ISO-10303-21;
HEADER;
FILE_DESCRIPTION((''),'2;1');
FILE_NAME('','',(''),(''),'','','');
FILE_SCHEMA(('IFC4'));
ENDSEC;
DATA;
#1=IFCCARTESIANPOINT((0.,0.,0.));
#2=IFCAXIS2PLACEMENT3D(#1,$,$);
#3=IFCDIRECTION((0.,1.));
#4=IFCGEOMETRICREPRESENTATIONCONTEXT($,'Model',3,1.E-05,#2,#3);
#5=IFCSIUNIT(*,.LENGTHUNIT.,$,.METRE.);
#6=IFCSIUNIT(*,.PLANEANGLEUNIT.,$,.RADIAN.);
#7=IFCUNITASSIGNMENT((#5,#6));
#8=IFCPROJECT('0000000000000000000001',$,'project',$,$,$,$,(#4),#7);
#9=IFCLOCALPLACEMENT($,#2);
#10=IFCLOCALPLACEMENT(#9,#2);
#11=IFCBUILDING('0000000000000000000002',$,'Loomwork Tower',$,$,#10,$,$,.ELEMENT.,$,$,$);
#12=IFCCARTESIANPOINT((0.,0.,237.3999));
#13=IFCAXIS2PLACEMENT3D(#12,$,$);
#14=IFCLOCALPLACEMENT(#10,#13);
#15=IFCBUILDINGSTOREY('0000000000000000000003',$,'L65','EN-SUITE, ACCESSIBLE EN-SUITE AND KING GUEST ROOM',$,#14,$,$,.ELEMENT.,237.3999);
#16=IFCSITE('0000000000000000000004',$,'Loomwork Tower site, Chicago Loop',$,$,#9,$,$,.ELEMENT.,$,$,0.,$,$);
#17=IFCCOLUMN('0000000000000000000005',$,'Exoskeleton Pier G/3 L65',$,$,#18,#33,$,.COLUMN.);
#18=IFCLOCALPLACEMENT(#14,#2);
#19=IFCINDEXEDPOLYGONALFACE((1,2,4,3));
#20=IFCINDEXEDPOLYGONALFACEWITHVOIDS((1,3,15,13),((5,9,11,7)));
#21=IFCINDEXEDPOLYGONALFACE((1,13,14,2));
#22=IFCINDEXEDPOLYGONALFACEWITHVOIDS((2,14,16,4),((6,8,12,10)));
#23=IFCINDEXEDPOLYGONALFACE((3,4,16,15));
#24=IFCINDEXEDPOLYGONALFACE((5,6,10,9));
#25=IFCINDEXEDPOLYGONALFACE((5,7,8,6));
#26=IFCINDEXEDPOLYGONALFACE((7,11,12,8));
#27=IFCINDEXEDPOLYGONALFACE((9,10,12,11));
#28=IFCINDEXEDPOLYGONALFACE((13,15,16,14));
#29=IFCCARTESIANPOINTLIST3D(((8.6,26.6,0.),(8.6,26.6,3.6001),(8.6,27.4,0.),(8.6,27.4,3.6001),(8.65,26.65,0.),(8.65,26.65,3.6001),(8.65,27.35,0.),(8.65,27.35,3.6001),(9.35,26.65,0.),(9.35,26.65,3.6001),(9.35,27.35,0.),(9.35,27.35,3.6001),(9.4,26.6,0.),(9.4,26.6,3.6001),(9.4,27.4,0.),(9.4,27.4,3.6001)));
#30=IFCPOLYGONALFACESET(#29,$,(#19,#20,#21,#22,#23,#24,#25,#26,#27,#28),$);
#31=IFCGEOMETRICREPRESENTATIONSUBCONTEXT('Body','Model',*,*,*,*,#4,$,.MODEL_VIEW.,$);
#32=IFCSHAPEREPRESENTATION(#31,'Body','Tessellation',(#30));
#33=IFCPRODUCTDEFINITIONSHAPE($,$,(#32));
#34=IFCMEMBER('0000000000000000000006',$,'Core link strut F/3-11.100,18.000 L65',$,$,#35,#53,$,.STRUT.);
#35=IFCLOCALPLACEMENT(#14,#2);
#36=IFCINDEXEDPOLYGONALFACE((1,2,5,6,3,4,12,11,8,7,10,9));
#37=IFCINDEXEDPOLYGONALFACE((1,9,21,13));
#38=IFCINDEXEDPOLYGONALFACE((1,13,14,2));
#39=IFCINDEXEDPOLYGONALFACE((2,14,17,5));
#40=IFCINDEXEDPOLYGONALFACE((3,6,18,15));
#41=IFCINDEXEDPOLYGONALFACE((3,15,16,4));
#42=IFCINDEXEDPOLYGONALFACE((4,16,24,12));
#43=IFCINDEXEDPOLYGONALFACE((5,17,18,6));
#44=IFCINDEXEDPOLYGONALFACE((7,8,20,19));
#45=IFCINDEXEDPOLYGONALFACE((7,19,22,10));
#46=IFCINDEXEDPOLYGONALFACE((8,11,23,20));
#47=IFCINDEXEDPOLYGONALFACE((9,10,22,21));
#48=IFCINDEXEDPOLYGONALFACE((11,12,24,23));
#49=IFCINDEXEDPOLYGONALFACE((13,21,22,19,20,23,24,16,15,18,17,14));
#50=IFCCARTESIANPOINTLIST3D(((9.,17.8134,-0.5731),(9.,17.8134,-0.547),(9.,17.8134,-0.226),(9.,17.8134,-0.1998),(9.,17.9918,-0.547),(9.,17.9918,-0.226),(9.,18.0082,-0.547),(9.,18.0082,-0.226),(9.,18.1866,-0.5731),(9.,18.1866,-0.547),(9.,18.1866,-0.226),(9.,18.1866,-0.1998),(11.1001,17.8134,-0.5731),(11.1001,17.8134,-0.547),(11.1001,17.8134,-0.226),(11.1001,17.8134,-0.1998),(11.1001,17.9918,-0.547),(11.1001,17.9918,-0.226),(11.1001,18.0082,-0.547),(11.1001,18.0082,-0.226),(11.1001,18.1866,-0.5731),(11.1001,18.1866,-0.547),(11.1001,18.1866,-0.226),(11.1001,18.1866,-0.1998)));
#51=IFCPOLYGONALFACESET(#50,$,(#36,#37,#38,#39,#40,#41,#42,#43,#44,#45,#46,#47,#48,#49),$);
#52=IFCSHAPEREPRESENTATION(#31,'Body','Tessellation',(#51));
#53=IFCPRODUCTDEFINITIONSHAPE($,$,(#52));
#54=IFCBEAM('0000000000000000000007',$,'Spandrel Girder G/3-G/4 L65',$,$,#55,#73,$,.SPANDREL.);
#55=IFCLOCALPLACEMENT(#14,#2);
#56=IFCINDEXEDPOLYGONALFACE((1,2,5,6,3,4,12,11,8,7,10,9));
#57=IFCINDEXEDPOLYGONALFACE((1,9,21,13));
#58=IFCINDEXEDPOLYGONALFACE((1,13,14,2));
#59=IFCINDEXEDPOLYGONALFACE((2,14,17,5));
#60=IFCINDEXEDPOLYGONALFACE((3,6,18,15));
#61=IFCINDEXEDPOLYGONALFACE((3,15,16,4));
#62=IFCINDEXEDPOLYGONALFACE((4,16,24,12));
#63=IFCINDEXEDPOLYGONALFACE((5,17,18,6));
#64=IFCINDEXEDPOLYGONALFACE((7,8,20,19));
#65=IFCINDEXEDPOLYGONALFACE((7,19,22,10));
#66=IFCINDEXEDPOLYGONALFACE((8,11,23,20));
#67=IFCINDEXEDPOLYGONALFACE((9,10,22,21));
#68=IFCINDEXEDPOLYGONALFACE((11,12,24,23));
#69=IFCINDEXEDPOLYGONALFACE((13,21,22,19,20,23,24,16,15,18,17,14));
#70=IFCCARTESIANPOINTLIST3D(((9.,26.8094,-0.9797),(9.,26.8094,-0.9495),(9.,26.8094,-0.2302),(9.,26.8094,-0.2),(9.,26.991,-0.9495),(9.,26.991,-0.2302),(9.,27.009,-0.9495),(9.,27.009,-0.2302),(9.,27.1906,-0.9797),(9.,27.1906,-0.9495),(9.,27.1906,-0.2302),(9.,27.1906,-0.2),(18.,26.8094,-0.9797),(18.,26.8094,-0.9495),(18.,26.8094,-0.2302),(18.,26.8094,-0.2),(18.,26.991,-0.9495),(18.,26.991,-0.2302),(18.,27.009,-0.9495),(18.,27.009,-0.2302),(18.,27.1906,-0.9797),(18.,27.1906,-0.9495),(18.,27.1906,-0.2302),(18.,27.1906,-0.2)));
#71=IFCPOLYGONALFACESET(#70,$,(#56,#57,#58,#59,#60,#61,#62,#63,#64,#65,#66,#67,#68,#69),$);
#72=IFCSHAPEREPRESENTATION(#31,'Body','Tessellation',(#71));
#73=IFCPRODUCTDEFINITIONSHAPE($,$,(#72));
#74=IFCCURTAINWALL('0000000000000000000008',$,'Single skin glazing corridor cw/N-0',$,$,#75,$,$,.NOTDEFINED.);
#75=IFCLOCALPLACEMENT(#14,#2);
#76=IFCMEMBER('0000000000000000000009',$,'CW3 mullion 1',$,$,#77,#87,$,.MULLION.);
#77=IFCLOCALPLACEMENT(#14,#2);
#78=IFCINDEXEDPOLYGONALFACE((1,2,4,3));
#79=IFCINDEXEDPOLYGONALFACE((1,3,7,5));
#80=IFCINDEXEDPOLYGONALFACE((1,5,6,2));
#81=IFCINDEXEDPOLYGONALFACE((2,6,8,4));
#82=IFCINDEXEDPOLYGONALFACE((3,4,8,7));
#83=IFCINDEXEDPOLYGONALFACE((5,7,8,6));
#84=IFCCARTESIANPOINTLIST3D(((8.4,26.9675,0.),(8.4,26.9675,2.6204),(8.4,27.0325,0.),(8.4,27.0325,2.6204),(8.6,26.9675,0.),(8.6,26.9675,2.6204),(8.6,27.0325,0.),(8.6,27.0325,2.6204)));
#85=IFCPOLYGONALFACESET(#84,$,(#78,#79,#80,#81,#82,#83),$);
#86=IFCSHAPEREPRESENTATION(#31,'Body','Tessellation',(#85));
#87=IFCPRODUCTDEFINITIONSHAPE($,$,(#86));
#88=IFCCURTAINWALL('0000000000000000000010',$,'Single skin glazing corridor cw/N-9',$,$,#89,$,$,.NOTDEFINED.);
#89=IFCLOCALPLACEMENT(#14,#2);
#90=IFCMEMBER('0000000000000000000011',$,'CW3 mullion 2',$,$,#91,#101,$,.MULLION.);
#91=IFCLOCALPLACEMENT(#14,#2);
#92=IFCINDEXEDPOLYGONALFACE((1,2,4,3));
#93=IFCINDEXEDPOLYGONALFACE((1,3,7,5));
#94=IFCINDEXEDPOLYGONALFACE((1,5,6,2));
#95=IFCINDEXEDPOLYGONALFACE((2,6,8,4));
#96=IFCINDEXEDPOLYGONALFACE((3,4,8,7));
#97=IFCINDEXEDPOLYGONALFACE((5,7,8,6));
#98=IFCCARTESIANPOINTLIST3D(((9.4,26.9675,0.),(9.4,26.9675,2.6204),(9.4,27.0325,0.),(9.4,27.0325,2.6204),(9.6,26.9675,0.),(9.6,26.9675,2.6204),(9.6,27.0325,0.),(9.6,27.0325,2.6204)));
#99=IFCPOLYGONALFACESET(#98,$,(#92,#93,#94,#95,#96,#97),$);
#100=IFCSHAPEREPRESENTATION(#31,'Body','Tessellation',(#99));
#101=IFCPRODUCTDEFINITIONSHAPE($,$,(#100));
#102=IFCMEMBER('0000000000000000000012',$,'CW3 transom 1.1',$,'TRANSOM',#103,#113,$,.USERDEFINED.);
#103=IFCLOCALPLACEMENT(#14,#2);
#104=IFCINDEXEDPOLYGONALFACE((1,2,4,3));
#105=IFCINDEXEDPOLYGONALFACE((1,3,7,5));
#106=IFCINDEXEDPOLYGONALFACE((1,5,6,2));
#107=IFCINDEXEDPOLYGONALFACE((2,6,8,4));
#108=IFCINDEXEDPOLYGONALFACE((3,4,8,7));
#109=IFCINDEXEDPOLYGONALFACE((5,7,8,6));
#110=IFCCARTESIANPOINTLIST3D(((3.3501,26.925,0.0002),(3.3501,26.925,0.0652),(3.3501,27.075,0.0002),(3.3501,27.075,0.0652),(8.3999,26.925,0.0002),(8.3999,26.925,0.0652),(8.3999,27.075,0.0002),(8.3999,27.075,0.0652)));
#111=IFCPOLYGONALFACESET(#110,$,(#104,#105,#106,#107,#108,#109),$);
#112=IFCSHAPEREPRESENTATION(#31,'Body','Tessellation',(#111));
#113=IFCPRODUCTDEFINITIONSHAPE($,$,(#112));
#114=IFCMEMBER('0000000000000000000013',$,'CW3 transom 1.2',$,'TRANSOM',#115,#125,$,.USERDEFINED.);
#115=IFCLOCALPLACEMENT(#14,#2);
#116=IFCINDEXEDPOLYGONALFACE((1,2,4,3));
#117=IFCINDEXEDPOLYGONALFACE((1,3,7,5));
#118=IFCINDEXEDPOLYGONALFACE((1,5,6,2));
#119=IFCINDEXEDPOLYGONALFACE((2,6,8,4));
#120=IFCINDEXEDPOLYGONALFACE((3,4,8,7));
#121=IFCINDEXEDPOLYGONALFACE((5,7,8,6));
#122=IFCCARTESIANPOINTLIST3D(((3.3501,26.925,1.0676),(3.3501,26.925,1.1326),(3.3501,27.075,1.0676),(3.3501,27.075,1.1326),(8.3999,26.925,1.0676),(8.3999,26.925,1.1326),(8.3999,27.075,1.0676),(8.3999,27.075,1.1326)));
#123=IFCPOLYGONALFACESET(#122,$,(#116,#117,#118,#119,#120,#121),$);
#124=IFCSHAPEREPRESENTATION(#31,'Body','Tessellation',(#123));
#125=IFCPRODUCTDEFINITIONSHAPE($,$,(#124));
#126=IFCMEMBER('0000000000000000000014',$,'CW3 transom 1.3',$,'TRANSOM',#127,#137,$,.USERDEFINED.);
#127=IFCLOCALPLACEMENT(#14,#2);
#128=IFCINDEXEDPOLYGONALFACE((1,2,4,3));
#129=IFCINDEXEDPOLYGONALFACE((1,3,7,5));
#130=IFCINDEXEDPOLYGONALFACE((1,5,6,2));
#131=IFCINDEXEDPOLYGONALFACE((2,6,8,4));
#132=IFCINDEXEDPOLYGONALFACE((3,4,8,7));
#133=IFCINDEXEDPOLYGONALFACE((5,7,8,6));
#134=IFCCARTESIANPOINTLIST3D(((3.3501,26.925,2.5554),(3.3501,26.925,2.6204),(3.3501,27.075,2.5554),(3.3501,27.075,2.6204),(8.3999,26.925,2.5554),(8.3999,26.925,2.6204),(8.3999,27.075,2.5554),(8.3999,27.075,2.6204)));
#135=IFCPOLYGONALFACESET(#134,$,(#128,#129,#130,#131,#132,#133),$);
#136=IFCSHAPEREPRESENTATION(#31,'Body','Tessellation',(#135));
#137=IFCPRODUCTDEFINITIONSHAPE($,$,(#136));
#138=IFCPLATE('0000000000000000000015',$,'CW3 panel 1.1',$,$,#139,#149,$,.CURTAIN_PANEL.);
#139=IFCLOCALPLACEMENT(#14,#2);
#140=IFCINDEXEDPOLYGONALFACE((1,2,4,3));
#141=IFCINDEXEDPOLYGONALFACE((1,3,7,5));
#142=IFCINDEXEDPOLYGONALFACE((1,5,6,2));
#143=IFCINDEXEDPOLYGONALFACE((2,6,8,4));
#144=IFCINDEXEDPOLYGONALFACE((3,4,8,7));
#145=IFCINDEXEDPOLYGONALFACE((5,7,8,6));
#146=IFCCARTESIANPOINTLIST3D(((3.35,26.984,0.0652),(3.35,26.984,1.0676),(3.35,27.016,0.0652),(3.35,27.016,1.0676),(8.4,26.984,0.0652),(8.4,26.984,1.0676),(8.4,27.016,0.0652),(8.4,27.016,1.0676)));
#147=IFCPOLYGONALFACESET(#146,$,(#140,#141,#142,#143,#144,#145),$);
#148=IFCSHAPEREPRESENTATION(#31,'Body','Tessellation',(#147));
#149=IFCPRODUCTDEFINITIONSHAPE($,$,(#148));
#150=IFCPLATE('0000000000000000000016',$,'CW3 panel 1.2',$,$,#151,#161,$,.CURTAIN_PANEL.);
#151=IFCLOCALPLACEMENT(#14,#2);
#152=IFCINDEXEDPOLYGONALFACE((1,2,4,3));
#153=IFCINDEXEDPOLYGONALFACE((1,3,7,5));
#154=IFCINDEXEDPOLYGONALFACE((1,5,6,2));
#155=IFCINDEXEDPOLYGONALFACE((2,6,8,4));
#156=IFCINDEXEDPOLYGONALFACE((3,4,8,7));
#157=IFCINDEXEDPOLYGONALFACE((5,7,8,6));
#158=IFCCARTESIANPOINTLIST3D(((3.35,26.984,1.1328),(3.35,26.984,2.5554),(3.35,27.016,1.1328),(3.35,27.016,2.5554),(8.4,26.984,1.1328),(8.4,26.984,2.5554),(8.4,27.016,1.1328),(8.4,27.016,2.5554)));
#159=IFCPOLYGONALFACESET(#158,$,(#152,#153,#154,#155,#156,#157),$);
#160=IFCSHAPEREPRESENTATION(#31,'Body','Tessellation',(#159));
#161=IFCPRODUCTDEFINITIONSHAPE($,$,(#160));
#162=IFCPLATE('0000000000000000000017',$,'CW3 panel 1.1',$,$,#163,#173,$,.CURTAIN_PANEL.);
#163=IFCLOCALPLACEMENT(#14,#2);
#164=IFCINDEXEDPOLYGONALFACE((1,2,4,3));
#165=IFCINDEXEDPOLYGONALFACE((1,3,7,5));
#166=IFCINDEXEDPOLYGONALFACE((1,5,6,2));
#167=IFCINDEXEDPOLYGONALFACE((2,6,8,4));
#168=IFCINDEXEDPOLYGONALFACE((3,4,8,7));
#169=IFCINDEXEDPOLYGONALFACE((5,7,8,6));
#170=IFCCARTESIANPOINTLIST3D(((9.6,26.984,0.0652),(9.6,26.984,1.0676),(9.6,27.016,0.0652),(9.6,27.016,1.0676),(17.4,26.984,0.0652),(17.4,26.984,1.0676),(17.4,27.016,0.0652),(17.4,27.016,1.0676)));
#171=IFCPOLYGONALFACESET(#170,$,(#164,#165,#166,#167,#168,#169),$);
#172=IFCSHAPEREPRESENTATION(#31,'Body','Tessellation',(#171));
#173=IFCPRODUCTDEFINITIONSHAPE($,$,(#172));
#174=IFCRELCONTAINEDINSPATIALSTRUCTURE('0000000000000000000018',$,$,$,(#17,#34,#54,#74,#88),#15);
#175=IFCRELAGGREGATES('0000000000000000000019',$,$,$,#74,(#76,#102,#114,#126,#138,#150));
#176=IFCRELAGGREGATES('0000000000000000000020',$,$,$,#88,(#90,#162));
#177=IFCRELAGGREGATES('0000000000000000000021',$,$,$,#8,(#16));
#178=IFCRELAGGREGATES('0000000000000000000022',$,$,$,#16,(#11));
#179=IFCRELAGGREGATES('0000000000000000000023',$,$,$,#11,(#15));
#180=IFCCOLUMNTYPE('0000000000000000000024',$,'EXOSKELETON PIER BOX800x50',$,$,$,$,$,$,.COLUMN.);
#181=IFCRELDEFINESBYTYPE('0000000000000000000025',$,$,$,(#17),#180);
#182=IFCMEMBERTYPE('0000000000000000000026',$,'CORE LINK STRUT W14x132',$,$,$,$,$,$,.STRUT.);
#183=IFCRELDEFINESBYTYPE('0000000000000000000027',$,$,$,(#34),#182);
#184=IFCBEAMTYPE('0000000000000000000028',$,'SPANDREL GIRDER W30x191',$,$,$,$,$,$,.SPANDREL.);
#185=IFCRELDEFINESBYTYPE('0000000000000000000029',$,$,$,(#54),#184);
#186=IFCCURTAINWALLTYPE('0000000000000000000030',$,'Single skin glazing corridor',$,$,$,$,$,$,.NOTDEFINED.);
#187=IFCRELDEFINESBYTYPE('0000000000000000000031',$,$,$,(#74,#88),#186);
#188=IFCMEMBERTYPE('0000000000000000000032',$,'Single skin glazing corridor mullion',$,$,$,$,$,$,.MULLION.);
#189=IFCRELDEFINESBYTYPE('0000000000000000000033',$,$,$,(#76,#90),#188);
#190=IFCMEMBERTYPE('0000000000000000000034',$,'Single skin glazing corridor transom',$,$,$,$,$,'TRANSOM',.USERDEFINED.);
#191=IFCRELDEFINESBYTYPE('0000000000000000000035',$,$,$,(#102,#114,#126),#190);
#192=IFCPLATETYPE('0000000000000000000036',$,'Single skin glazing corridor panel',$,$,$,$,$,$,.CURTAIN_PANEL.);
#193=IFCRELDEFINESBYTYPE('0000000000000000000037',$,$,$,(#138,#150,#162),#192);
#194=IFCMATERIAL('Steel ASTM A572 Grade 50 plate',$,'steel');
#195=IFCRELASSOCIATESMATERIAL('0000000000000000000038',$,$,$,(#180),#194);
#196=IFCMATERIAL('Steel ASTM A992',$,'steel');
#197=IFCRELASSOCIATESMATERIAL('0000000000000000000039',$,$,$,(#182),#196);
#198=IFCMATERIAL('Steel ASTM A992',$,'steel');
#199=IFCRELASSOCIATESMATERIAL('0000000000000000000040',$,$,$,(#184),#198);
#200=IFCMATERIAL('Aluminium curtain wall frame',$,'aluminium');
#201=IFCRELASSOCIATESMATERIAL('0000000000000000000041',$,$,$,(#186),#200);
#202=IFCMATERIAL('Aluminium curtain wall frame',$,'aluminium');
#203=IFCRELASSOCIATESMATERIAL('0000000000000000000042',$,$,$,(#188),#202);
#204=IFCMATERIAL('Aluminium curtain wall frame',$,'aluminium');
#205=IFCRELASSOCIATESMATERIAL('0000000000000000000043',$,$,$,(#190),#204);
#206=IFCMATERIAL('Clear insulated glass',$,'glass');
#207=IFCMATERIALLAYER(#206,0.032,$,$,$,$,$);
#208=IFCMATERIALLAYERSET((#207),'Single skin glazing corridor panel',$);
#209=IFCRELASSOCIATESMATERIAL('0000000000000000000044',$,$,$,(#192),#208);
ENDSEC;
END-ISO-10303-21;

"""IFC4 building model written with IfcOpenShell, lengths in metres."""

from ifc_helpers import new_model, si_unit, direction, frame, origin, origin_2d, place, context, subcontext, project, spatial, rectangle, hollow_rectangle, i_section, extrude, material, layer, layer_set, material_profile, profile_set, type_object, element, aggregate, save


model = new_model("IFC4")

# Units and contexts
model_context = context("Model", 3, precision=1e-05, world=origin(), true_north=direction((0.0, 1.0)))
body_context = subcontext(model_context, "Body", "Model", "MODEL_VIEW")
ifc_project = project(units=[si_unit("LENGTHUNIT", "METRE"), si_unit("PLANEANGLEUNIT", "RADIAN")], contexts=[model_context])

# Site, building, storey
site_placement = place(None, origin())
site = spatial("IfcSite", under=ifc_project, at=site_placement, Name="Loomwork Tower site, Chicago Loop", CompositionType="ELEMENT", RefElevation=0.0)
building_placement = place(site_placement, origin())
building = spatial("IfcBuilding", under=site, at=building_placement, Name="Loomwork Tower", CompositionType="ELEMENT")
storey_placement = place(building_placement, frame((0.0, 0.0, 237.3999)))
storey = spatial("IfcBuildingStorey", under=building, at=storey_placement, Name="L65", Description="EN-SUITE, ACCESSIBLE EN-SUITE AND KING GUEST ROOM", CompositionType="ELEMENT", Elevation=237.3999)

# Column
ifc_material_1 = material(Name="Steel ASTM A572 Grade 50 plate", Category="steel")
ifc_material_profile_1 = material_profile(ifc_material_1, hollow_rectangle(XDim=0.8, YDim=0.8, WallThickness=0.05, at=origin_2d()), Name="BOX800x50")
ifc_profile_set_1 = profile_set([ifc_material_profile_1], Name="Steel ASTM A572 Grade 50 plate")
column_type = type_object("IfcColumnType", Name="EXOSKELETON PIER BOX800x50", PredefinedType="COLUMN", material=ifc_profile_set_1)
column_placement = place(storey_placement, frame((9.0, 27.0, 0.0), z_axis=(0.0, 0.0, 1.0), x_axis=(1.0, 0.0, 0.0)))
element("IfcColumn", 1, at=column_placement, inside=storey, type_object=column_type, Name="Exoskeleton Pier G/3 L65", PredefinedType="COLUMN", context=body_context, shape_type="SweptSolid", body=[
    extrude(hollow_rectangle(XDim=0.8, YDim=0.8, WallThickness=0.05, at=origin_2d()), origin(), (0.0, 0.0, 1.0), 3.6001),
])

# Member
ifc_material_2 = material(Name="Steel ASTM A992", Category="steel")
ifc_material_profile_2 = material_profile(ifc_material_2, i_section(OverallWidth=0.3733, OverallDepth=0.3733, WebThickness=0.0164, FlangeThickness=0.0261, at=origin_2d()), Name="W14x132")
ifc_profile_set_2 = profile_set([ifc_material_profile_2], Name="Steel ASTM A992")
member_type_1 = type_object("IfcMemberType", Name="CORE LINK STRUT W14x132", PredefinedType="STRUT", material=ifc_profile_set_2)
member_1_placement = place(storey_placement, frame((9.0, 18.0, -0.3865), z_axis=(1.0, 0.0, 0.0), x_axis=(0.0, 1.0, 0.0)))
element("IfcMember", 2, at=member_1_placement, inside=storey, type_object=member_type_1, Name="Core link strut F/3-11.100,18.000 L65", PredefinedType="STRUT", context=body_context, shape_type="SweptSolid", body=[
    extrude(i_section(OverallWidth=0.3733, OverallDepth=0.3733, WebThickness=0.0164, FlangeThickness=0.0261, at=origin_2d()), origin(), (0.0, 0.0, 1.0), 2.1001),
])

# Beam
ifc_material_3 = material(Name="Steel ASTM A992", Category="steel")
ifc_material_profile_3 = material_profile(ifc_material_3, i_section(OverallWidth=0.3811, OverallDepth=0.7798, WebThickness=0.0181, FlangeThickness=0.0303, at=origin_2d()), Name="W30x191")
ifc_profile_set_3 = profile_set([ifc_material_profile_3], Name="Steel ASTM A992")
beam_type = type_object("IfcBeamType", Name="SPANDREL GIRDER W30x191", PredefinedType="SPANDREL", material=ifc_profile_set_3)
beam_placement = place(storey_placement, frame((9.0, 27.0, -0.5898), z_axis=(1.0, 0.0, 0.0), x_axis=(0.0, 1.0, 0.0)))
element("IfcBeam", 3, at=beam_placement, inside=storey, type_object=beam_type, Name="Spandrel Girder G/3-G/4 L65", PredefinedType="SPANDREL", context=body_context, shape_type="SweptSolid", body=[
    extrude(i_section(OverallWidth=0.3811, OverallDepth=0.7798, WebThickness=0.0181, FlangeThickness=0.0303, at=origin_2d()), origin(), (0.0, 0.0, 1.0), 9.0),
])

# Curtain walls, members
ifc_material_4 = material(Name="Aluminium curtain wall frame", Category="aluminium")
curtain_wall_type = type_object("IfcCurtainWallType", Name="Single skin glazing corridor", PredefinedType="NOTDEFINED", material=ifc_material_4)
curtain_wall_1_placement = place(storey_placement, origin())
curtain_wall_1 = element("IfcCurtainWall", 4, at=curtain_wall_1_placement, inside=storey, type_object=curtain_wall_type, Name="Single skin glazing corridor cw/N-0", PredefinedType="NOTDEFINED")
ifc_material_5 = material(Name="Aluminium curtain wall frame", Category="aluminium")
ifc_material_profile_4 = material_profile(ifc_material_5, rectangle(XDim=0.0649, YDim=0.2, at=origin_2d()), Name="AL 65x200")
ifc_profile_set_4 = profile_set([ifc_material_profile_4], Name="Aluminium curtain wall frame")
member_type_2 = type_object("IfcMemberType", Name="Single skin glazing corridor mullion", PredefinedType="MULLION", material=ifc_profile_set_4)
member_2_placement = place(storey_placement, frame((8.5, 27.0, 0.0), z_axis=(0.0, 0.0, 1.0), x_axis=(0.0, -1.0, 0.0)))
member_2 = element("IfcMember", 5, at=member_2_placement, type_object=member_type_2, Name="CW3 mullion 1", PredefinedType="MULLION", context=body_context, shape_type="SweptSolid", body=[
    extrude(rectangle(XDim=0.0649, YDim=0.2, at=origin_2d()), origin(), (0.0, 0.0, 1.0), 2.6204),
])
curtain_wall_2_placement = place(storey_placement, origin())
curtain_wall_2 = element("IfcCurtainWall", 6, at=curtain_wall_2_placement, inside=storey, type_object=curtain_wall_type, Name="Single skin glazing corridor cw/N-9", PredefinedType="NOTDEFINED")
member_3_placement = place(storey_placement, frame((9.5, 27.0, 0.0), z_axis=(0.0, 0.0, 1.0), x_axis=(0.0, -1.0, 0.0)))
member_3 = element("IfcMember", 7, at=member_3_placement, type_object=member_type_2, Name="CW3 mullion 2", PredefinedType="MULLION", context=body_context, shape_type="SweptSolid", body=[
    extrude(rectangle(XDim=0.0649, YDim=0.2, at=origin_2d()), origin(), (0.0, 0.0, 1.0), 2.6204),
])

# Members
ifc_material_6 = material(Name="Aluminium curtain wall frame", Category="aluminium")
ifc_material_profile_5 = material_profile(ifc_material_6, rectangle(XDim=0.1499, YDim=0.0649, at=origin_2d()), Name="AL 65x150")
ifc_profile_set_5 = profile_set([ifc_material_profile_5], Name="Aluminium curtain wall frame")
member_type_3 = type_object("IfcMemberType", Name="Single skin glazing corridor transom", ElementType="TRANSOM", PredefinedType="USERDEFINED", material=ifc_profile_set_5)
member_4_placement = place(storey_placement, frame((8.3999, 27.0, 0.0327), z_axis=(-1.0, 0.0, 0.0), x_axis=(0.0, -1.0, 0.0)))
member_4 = element("IfcMember", 8, at=member_4_placement, type_object=member_type_3, Name="CW3 transom 1.1", ObjectType="TRANSOM", PredefinedType="USERDEFINED", context=body_context, shape_type="SweptSolid", body=[
    extrude(rectangle(XDim=0.1499, YDim=0.0649, at=origin_2d()), origin(), (0.0, 0.0, 1.0), 5.0498),
])
member_5_placement = place(storey_placement, frame((8.3999, 27.0, 1.1001), z_axis=(-1.0, 0.0, 0.0), x_axis=(0.0, -1.0, 0.0)))
member_5 = element("IfcMember", 9, at=member_5_placement, type_object=member_type_3, Name="CW3 transom 1.2", ObjectType="TRANSOM", PredefinedType="USERDEFINED", context=body_context, shape_type="SweptSolid", body=[
    extrude(rectangle(XDim=0.1499, YDim=0.0649, at=origin_2d()), origin(), (0.0, 0.0, 1.0), 5.0498),
])
member_6_placement = place(storey_placement, frame((8.3999, 27.0, 2.5879), z_axis=(-1.0, 0.0, 0.0), x_axis=(0.0, -1.0, 0.0)))
member_6 = element("IfcMember", 10, at=member_6_placement, type_object=member_type_3, Name="CW3 transom 1.3", ObjectType="TRANSOM", PredefinedType="USERDEFINED", context=body_context, shape_type="SweptSolid", body=[
    extrude(rectangle(XDim=0.1499, YDim=0.0649, at=origin_2d()), origin(), (0.0, 0.0, 1.0), 5.0498),
])

# Plates
ifc_material_7 = material(Name="Clear insulated glass", Category="glass")
ifc_layer_1 = layer(ifc_material_7, 0.032)
ifc_layer_set_1 = layer_set([ifc_layer_1], Name="Single skin glazing corridor panel")
plate_type = type_object("IfcPlateType", Name="Single skin glazing corridor panel", PredefinedType="CURTAIN_PANEL", material=ifc_layer_set_1)
plate_1_placement = place(storey_placement, frame((5.875, 27.0, 0.0652), z_axis=(0.0, 0.0, 1.0), x_axis=(-1.0, 0.0, 0.0)))
plate_1 = element("IfcPlate", 11, at=plate_1_placement, type_object=plate_type, Name="CW3 panel 1.1", PredefinedType="CURTAIN_PANEL", context=body_context, shape_type="SweptSolid", body=[
    extrude(rectangle(XDim=5.05, YDim=0.032, at=origin_2d()), origin(), (0.0, 0.0, 1.0), 1.0024),
])
plate_2_placement = place(storey_placement, frame((5.875, 27.0, 1.1328), z_axis=(0.0, 0.0, 1.0), x_axis=(-1.0, 0.0, 0.0)))
plate_2 = element("IfcPlate", 12, at=plate_2_placement, type_object=plate_type, Name="CW3 panel 1.2", PredefinedType="CURTAIN_PANEL", context=body_context, shape_type="SweptSolid", body=[
    extrude(rectangle(XDim=5.05, YDim=0.032, at=origin_2d()), origin(), (0.0, 0.0, 1.0), 1.4226),
])
aggregate(curtain_wall_1, [member_2, member_4, member_5, member_6, plate_1, plate_2])
plate_3_placement = place(storey_placement, frame((13.5, 27.0, 0.0652), z_axis=(0.0, 0.0, 1.0), x_axis=(-1.0, 0.0, 0.0)))
plate_3 = element("IfcPlate", 13, at=plate_3_placement, type_object=plate_type, Name="CW3 panel 1.1", PredefinedType="CURTAIN_PANEL", context=body_context, shape_type="SweptSolid", body=[
    extrude(rectangle(XDim=7.8, YDim=0.032, at=origin_2d()), origin(), (0.0, 0.0, 1.0), 1.0024),
])
aggregate(curtain_wall_2, [member_3, plate_3])

save(model, "model.ifc")
